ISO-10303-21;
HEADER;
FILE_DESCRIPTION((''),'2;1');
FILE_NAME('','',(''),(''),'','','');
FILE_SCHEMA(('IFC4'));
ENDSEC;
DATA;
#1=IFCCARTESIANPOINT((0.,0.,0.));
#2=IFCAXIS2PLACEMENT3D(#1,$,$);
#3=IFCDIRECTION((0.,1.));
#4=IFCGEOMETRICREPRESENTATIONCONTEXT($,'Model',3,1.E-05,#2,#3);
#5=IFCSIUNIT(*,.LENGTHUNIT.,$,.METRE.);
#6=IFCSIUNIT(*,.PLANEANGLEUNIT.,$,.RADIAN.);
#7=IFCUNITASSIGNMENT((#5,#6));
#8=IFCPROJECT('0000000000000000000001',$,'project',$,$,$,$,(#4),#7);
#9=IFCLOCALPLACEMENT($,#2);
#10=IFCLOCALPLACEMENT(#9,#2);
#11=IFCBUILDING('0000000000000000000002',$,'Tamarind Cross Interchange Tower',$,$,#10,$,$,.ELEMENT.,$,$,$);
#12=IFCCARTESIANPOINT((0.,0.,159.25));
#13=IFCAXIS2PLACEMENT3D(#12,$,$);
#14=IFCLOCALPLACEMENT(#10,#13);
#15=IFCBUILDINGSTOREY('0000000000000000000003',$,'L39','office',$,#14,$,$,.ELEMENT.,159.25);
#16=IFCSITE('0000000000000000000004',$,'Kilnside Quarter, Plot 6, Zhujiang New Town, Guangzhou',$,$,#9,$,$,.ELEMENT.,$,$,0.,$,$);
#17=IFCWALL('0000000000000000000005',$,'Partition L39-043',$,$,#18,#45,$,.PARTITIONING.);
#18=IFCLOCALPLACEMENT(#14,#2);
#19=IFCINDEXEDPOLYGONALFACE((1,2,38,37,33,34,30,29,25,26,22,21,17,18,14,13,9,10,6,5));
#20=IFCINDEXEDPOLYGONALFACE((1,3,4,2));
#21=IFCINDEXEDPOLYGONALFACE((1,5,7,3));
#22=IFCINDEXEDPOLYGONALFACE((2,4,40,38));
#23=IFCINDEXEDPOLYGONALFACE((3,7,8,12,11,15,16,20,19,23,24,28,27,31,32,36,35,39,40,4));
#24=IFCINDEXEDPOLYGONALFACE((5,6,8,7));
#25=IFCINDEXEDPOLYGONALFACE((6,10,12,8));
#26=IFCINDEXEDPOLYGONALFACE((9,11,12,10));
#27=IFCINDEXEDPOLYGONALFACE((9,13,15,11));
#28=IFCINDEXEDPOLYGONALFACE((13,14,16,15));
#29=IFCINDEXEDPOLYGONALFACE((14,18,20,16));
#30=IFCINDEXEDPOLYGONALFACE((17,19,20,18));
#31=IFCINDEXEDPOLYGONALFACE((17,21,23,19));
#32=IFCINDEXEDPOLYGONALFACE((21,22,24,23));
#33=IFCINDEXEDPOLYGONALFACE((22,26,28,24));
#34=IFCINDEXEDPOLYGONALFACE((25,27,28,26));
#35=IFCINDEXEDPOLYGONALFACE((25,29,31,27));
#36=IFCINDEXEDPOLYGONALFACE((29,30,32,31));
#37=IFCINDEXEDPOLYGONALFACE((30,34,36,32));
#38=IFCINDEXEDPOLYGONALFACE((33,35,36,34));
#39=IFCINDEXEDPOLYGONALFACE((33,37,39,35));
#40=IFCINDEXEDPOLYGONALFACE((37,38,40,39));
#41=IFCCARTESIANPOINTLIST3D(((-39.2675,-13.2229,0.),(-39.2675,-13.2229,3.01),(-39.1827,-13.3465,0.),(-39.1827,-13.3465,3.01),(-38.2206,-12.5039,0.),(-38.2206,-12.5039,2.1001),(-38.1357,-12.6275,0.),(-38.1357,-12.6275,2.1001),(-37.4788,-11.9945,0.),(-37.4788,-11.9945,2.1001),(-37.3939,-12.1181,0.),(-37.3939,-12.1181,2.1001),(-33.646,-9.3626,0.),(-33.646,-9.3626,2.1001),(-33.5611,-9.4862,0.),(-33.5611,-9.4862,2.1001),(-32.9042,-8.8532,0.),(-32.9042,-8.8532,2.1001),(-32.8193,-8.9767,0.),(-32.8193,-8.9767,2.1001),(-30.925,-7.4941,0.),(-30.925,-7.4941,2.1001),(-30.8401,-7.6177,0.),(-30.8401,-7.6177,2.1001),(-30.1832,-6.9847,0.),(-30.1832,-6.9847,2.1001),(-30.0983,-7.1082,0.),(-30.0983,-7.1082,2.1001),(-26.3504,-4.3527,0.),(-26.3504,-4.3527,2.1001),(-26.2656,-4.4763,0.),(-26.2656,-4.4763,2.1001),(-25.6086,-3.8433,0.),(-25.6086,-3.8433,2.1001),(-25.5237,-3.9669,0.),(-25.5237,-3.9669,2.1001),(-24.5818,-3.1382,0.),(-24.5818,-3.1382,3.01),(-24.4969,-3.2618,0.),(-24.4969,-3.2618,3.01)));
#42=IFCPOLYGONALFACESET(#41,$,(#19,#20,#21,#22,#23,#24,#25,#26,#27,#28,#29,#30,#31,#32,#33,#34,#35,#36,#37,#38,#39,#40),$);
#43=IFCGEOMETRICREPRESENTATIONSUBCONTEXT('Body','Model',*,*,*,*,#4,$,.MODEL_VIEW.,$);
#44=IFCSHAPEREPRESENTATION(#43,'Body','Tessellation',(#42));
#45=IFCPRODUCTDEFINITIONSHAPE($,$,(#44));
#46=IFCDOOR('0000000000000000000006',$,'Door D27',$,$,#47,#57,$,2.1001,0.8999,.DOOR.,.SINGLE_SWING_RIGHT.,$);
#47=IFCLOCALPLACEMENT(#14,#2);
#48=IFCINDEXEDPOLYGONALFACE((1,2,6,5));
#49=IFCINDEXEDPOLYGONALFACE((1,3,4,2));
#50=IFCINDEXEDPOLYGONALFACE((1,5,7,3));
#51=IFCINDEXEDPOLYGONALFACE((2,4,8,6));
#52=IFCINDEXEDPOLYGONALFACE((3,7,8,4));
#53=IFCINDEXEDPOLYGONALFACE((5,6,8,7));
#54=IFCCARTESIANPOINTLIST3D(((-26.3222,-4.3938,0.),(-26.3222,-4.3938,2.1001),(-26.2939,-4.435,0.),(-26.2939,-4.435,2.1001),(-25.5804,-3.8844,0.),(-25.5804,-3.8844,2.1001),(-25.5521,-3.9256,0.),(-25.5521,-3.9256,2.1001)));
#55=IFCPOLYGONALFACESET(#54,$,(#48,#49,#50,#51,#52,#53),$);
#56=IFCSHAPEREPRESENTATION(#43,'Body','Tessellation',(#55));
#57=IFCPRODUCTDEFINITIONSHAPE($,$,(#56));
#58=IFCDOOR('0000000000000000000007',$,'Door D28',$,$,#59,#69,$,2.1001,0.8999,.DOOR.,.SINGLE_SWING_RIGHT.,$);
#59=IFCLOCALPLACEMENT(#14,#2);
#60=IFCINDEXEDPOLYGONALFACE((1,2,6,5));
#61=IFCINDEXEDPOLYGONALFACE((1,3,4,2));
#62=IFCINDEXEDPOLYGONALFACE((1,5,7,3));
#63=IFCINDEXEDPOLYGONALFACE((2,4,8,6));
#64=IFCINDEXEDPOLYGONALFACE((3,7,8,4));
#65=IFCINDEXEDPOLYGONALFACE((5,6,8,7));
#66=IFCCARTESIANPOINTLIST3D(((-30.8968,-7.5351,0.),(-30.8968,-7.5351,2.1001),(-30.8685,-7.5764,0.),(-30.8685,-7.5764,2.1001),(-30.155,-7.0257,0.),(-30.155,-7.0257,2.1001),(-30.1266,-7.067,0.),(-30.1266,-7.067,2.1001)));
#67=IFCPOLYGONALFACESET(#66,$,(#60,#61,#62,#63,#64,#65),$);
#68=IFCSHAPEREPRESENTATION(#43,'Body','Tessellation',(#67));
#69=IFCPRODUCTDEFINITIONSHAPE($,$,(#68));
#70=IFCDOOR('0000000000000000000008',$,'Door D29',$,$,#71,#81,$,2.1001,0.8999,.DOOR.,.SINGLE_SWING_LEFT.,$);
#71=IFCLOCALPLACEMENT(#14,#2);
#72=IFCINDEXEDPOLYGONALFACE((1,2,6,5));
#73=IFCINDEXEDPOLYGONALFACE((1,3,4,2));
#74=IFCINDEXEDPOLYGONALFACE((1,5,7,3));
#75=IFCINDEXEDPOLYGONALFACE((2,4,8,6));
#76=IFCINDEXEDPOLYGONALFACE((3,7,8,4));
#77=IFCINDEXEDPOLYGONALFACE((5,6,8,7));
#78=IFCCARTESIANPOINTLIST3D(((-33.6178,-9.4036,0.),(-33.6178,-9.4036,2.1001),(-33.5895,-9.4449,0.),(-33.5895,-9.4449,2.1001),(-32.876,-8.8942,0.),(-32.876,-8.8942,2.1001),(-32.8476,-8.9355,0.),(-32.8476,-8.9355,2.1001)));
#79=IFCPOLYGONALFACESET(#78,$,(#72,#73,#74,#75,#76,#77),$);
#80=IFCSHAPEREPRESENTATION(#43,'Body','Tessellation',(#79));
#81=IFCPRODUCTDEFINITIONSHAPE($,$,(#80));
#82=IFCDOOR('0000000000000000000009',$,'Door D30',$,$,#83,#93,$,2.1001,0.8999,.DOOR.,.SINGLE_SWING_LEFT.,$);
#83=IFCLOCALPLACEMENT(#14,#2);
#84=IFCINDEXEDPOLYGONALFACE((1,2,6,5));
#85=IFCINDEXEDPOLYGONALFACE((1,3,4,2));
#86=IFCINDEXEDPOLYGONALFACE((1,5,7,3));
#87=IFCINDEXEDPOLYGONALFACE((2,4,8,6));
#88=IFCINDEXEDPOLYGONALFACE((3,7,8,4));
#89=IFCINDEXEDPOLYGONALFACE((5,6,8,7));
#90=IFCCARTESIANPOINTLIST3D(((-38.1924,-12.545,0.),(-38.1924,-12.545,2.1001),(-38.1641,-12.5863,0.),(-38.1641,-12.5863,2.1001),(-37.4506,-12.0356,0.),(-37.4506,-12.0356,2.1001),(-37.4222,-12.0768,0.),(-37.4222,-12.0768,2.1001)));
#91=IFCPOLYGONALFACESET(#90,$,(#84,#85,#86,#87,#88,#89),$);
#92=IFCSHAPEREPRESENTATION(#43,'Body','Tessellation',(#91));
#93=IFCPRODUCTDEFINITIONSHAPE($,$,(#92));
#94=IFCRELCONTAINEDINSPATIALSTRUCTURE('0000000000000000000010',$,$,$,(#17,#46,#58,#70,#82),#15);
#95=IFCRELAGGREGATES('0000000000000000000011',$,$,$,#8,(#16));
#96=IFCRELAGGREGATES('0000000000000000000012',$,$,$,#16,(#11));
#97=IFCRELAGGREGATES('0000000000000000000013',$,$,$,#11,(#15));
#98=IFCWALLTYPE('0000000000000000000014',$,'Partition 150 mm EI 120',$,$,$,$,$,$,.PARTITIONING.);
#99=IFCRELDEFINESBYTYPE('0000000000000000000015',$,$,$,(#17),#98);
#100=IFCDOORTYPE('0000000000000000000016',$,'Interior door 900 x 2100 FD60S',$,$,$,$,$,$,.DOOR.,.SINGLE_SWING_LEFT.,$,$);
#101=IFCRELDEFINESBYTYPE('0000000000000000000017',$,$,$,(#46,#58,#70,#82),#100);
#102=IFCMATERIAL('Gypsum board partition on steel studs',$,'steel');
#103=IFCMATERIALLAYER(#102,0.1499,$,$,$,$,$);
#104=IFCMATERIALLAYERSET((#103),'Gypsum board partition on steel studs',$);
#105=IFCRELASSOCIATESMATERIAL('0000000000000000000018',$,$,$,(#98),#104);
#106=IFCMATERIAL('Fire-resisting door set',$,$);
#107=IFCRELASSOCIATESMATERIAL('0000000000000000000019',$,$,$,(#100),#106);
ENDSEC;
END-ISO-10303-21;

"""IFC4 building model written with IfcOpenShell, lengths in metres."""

from ifc_helpers import new_model, si_unit, direction, frame, frame_2d, origin, place, context, subcontext, project, spatial, rectangle, extrude, material, layer, layer_set, type_object, element, fill, save


model = new_model("IFC4")

# Units and contexts
model_context = context("Model", 3, precision=1e-05, world=origin(), true_north=direction((0.0, 1.0)))
body_context = subcontext(model_context, "Body", "Model", "MODEL_VIEW")
ifc_project = project(units=[si_unit("LENGTHUNIT", "METRE"), si_unit("PLANEANGLEUNIT", "RADIAN")], contexts=[model_context])

# Site, building, storey
site_placement = place(None, origin())
site = spatial("IfcSite", under=ifc_project, at=site_placement, Name="Kilnside Quarter, Plot 6, Zhujiang New Town, Guangzhou", CompositionType="ELEMENT", RefElevation=0.0)
building_placement = place(site_placement, origin())
building = spatial("IfcBuilding", under=site, at=building_placement, Name="Tamarind Cross Interchange Tower", CompositionType="ELEMENT")
storey_placement = place(building_placement, frame((0.0, 0.0, 159.25)))
storey = spatial("IfcBuildingStorey", under=building, at=storey_placement, Name="L39", Description="office", CompositionType="ELEMENT", Elevation=159.25)

# Shared definitions
ifc_material_1 = material(Name="Gypsum board partition on steel studs", Category="steel")

# Shared definitions
ifc_layer_1 = layer(ifc_material_1, 0.1499)
ifc_layer_set_1 = layer_set([ifc_layer_1], Name="Gypsum board partition on steel studs")
wall_type_1 = type_object("IfcWallType", Name="Partition 150 mm EI 120", PredefinedType="PARTITIONING", material=ifc_layer_set_1)
ifc_material_2 = material(Name="Fire-resisting door set")

# Wall, openings, doors
wall_1_placement = place(storey_placement, frame((-39.2251, -13.2847, 0.0), z_axis=(0.0, 0.0, 1.0), x_axis=(0.82435, 0.56608, 0.0)))
wall_1 = element("IfcWall", 1, at=wall_1_placement, inside=storey, type_object=wall_type_1, Name="Partition L39-043", PredefinedType="PARTITIONING", context=body_context, shape_type="SweptSolid", body=[
    extrude(rectangle(XDim=17.8149, YDim=0.1499, at=frame_2d((8.9075, 0.0))), origin(), (0.0, 0.0, 1.0), 3.01),
])
opening_1_placement = place(wall_1_placement, frame((15.6694, 0.0, 0.0)))
opening_1 = element("IfcOpeningElement", 2, at=opening_1_placement, cuts=wall_1, PredefinedType="OPENING", context=body_context, shape_type="SweptSolid", body=[
    extrude(rectangle(XDim=0.8999, YDim=2.1001, at=frame_2d((0.45, 1.05))), frame((0.0, 0.085, 0.0), z_axis=(0.0, -1.0, 0.0), x_axis=(1.0, 0.0, 0.0)), (0.0, 0.0, 1.0), 0.1699),
])
opening_2_placement = place(wall_1_placement, frame((10.1201, 0.0, 0.0)))
opening_2 = element("IfcOpeningElement", 3, at=opening_2_placement, cuts=wall_1, PredefinedType="OPENING", context=body_context, shape_type="SweptSolid", body=[
    extrude(rectangle(XDim=0.8999, YDim=2.1001, at=frame_2d((0.45, 1.05))), frame((0.0, 0.085, 0.0), z_axis=(0.0, -1.0, 0.0), x_axis=(1.0, 0.0, 0.0)), (0.0, 0.0, 1.0), 0.1699),
])
opening_3_placement = place(wall_1_placement, frame((6.8193, 0.0, 0.0)))
opening_3 = element("IfcOpeningElement", 4, at=opening_3_placement, cuts=wall_1, PredefinedType="OPENING", context=body_context, shape_type="SweptSolid", body=[
    extrude(rectangle(XDim=0.8999, YDim=2.1001, at=frame_2d((0.45, 1.05))), frame((0.0, 0.085, 0.0), z_axis=(0.0, -1.0, 0.0), x_axis=(1.0, 0.0, 0.0)), (0.0, 0.0, 1.0), 0.1699),
])
opening_4_placement = place(wall_1_placement, frame((1.27, 0.0, 0.0)))
opening_4 = element("IfcOpeningElement", 5, at=opening_4_placement, cuts=wall_1, PredefinedType="OPENING", context=body_context, shape_type="SweptSolid", body=[
    extrude(rectangle(XDim=0.8999, YDim=2.1001, at=frame_2d((0.45, 1.05))), frame((0.0, 0.085, 0.0), z_axis=(0.0, -1.0, 0.0), x_axis=(1.0, 0.0, 0.0)), (0.0, 0.0, 1.0), 0.1699),
])
door_type_1 = type_object("IfcDoorType", Name="Interior door 900 x 2100 FD60S", OperationType="SINGLE_SWING_LEFT", PredefinedType="DOOR", material=ifc_material_2)
door_1_placement = place(opening_1_placement, frame((0.8999, 0.0, 0.0), z_axis=(0.0, 0.0, 1.0), x_axis=(-1.0, 0.0, 0.0)))
door_1 = element("IfcDoor", 6, at=door_1_placement, inside=storey, type_object=door_type_1, Name="Door D27", OperationType="SINGLE_SWING_RIGHT", OverallHeight=2.1001, OverallWidth=0.8999, PredefinedType="DOOR", context=body_context, shape_type="SweptSolid", body=[
    extrude(rectangle(XDim=0.8999, YDim=2.1001, at=frame_2d((0.45, 1.05))), frame((0.0, 0.0249, 0.0), z_axis=(0.0, -1.0, 0.0), x_axis=(1.0, 0.0, 0.0)), (0.0, 0.0, 1.0), 0.05),
])
fill(opening_1, door_1)
door_2_placement = place(opening_2_placement, frame((0.8999, 0.0, 0.0), z_axis=(0.0, 0.0, 1.0), x_axis=(-1.0, 0.0, 0.0)))
door_2 = element("IfcDoor", 7, at=door_2_placement, inside=storey, type_object=door_type_1, Name="Door D28", OperationType="SINGLE_SWING_RIGHT", OverallHeight=2.1001, OverallWidth=0.8999, PredefinedType="DOOR", context=body_context, shape_type="SweptSolid", body=[
    extrude(rectangle(XDim=0.8999, YDim=2.1001, at=frame_2d((0.45, 1.05))), frame((0.0, 0.0249, 0.0), z_axis=(0.0, -1.0, 0.0), x_axis=(1.0, 0.0, 0.0)), (0.0, 0.0, 1.0), 0.05),
])
fill(opening_2, door_2)
door_3_placement = place(opening_3_placement, frame((0.8999, 0.0, 0.0), z_axis=(0.0, 0.0, 1.0), x_axis=(-1.0, 0.0, 0.0)))
door_3 = element("IfcDoor", 8, at=door_3_placement, inside=storey, type_object=door_type_1, Name="Door D29", OperationType="SINGLE_SWING_LEFT", OverallHeight=2.1001, OverallWidth=0.8999, PredefinedType="DOOR", context=body_context, shape_type="SweptSolid", body=[
    extrude(rectangle(XDim=0.8999, YDim=2.1001, at=frame_2d((0.45, 1.05))), frame((0.0, 0.0249, 0.0), z_axis=(0.0, -1.0, 0.0), x_axis=(1.0, 0.0, 0.0)), (0.0, 0.0, 1.0), 0.05),
])
fill(opening_3, door_3)
door_4_placement = place(opening_4_placement, frame((0.8999, 0.0, 0.0), z_axis=(0.0, 0.0, 1.0), x_axis=(-1.0, 0.0, 0.0)))
door_4 = element("IfcDoor", 9, at=door_4_placement, inside=storey, type_object=door_type_1, Name="Door D30", OperationType="SINGLE_SWING_LEFT", OverallHeight=2.1001, OverallWidth=0.8999, PredefinedType="DOOR", context=body_context, shape_type="SweptSolid", body=[
    extrude(rectangle(XDim=0.8999, YDim=2.1001, at=frame_2d((0.45, 1.05))), frame((0.0, 0.0249, 0.0), z_axis=(0.0, -1.0, 0.0), x_axis=(1.0, 0.0, 0.0)), (0.0, 0.0, 1.0), 0.05),
])
fill(opening_4, door_4)

save(model, "model.ifc")
